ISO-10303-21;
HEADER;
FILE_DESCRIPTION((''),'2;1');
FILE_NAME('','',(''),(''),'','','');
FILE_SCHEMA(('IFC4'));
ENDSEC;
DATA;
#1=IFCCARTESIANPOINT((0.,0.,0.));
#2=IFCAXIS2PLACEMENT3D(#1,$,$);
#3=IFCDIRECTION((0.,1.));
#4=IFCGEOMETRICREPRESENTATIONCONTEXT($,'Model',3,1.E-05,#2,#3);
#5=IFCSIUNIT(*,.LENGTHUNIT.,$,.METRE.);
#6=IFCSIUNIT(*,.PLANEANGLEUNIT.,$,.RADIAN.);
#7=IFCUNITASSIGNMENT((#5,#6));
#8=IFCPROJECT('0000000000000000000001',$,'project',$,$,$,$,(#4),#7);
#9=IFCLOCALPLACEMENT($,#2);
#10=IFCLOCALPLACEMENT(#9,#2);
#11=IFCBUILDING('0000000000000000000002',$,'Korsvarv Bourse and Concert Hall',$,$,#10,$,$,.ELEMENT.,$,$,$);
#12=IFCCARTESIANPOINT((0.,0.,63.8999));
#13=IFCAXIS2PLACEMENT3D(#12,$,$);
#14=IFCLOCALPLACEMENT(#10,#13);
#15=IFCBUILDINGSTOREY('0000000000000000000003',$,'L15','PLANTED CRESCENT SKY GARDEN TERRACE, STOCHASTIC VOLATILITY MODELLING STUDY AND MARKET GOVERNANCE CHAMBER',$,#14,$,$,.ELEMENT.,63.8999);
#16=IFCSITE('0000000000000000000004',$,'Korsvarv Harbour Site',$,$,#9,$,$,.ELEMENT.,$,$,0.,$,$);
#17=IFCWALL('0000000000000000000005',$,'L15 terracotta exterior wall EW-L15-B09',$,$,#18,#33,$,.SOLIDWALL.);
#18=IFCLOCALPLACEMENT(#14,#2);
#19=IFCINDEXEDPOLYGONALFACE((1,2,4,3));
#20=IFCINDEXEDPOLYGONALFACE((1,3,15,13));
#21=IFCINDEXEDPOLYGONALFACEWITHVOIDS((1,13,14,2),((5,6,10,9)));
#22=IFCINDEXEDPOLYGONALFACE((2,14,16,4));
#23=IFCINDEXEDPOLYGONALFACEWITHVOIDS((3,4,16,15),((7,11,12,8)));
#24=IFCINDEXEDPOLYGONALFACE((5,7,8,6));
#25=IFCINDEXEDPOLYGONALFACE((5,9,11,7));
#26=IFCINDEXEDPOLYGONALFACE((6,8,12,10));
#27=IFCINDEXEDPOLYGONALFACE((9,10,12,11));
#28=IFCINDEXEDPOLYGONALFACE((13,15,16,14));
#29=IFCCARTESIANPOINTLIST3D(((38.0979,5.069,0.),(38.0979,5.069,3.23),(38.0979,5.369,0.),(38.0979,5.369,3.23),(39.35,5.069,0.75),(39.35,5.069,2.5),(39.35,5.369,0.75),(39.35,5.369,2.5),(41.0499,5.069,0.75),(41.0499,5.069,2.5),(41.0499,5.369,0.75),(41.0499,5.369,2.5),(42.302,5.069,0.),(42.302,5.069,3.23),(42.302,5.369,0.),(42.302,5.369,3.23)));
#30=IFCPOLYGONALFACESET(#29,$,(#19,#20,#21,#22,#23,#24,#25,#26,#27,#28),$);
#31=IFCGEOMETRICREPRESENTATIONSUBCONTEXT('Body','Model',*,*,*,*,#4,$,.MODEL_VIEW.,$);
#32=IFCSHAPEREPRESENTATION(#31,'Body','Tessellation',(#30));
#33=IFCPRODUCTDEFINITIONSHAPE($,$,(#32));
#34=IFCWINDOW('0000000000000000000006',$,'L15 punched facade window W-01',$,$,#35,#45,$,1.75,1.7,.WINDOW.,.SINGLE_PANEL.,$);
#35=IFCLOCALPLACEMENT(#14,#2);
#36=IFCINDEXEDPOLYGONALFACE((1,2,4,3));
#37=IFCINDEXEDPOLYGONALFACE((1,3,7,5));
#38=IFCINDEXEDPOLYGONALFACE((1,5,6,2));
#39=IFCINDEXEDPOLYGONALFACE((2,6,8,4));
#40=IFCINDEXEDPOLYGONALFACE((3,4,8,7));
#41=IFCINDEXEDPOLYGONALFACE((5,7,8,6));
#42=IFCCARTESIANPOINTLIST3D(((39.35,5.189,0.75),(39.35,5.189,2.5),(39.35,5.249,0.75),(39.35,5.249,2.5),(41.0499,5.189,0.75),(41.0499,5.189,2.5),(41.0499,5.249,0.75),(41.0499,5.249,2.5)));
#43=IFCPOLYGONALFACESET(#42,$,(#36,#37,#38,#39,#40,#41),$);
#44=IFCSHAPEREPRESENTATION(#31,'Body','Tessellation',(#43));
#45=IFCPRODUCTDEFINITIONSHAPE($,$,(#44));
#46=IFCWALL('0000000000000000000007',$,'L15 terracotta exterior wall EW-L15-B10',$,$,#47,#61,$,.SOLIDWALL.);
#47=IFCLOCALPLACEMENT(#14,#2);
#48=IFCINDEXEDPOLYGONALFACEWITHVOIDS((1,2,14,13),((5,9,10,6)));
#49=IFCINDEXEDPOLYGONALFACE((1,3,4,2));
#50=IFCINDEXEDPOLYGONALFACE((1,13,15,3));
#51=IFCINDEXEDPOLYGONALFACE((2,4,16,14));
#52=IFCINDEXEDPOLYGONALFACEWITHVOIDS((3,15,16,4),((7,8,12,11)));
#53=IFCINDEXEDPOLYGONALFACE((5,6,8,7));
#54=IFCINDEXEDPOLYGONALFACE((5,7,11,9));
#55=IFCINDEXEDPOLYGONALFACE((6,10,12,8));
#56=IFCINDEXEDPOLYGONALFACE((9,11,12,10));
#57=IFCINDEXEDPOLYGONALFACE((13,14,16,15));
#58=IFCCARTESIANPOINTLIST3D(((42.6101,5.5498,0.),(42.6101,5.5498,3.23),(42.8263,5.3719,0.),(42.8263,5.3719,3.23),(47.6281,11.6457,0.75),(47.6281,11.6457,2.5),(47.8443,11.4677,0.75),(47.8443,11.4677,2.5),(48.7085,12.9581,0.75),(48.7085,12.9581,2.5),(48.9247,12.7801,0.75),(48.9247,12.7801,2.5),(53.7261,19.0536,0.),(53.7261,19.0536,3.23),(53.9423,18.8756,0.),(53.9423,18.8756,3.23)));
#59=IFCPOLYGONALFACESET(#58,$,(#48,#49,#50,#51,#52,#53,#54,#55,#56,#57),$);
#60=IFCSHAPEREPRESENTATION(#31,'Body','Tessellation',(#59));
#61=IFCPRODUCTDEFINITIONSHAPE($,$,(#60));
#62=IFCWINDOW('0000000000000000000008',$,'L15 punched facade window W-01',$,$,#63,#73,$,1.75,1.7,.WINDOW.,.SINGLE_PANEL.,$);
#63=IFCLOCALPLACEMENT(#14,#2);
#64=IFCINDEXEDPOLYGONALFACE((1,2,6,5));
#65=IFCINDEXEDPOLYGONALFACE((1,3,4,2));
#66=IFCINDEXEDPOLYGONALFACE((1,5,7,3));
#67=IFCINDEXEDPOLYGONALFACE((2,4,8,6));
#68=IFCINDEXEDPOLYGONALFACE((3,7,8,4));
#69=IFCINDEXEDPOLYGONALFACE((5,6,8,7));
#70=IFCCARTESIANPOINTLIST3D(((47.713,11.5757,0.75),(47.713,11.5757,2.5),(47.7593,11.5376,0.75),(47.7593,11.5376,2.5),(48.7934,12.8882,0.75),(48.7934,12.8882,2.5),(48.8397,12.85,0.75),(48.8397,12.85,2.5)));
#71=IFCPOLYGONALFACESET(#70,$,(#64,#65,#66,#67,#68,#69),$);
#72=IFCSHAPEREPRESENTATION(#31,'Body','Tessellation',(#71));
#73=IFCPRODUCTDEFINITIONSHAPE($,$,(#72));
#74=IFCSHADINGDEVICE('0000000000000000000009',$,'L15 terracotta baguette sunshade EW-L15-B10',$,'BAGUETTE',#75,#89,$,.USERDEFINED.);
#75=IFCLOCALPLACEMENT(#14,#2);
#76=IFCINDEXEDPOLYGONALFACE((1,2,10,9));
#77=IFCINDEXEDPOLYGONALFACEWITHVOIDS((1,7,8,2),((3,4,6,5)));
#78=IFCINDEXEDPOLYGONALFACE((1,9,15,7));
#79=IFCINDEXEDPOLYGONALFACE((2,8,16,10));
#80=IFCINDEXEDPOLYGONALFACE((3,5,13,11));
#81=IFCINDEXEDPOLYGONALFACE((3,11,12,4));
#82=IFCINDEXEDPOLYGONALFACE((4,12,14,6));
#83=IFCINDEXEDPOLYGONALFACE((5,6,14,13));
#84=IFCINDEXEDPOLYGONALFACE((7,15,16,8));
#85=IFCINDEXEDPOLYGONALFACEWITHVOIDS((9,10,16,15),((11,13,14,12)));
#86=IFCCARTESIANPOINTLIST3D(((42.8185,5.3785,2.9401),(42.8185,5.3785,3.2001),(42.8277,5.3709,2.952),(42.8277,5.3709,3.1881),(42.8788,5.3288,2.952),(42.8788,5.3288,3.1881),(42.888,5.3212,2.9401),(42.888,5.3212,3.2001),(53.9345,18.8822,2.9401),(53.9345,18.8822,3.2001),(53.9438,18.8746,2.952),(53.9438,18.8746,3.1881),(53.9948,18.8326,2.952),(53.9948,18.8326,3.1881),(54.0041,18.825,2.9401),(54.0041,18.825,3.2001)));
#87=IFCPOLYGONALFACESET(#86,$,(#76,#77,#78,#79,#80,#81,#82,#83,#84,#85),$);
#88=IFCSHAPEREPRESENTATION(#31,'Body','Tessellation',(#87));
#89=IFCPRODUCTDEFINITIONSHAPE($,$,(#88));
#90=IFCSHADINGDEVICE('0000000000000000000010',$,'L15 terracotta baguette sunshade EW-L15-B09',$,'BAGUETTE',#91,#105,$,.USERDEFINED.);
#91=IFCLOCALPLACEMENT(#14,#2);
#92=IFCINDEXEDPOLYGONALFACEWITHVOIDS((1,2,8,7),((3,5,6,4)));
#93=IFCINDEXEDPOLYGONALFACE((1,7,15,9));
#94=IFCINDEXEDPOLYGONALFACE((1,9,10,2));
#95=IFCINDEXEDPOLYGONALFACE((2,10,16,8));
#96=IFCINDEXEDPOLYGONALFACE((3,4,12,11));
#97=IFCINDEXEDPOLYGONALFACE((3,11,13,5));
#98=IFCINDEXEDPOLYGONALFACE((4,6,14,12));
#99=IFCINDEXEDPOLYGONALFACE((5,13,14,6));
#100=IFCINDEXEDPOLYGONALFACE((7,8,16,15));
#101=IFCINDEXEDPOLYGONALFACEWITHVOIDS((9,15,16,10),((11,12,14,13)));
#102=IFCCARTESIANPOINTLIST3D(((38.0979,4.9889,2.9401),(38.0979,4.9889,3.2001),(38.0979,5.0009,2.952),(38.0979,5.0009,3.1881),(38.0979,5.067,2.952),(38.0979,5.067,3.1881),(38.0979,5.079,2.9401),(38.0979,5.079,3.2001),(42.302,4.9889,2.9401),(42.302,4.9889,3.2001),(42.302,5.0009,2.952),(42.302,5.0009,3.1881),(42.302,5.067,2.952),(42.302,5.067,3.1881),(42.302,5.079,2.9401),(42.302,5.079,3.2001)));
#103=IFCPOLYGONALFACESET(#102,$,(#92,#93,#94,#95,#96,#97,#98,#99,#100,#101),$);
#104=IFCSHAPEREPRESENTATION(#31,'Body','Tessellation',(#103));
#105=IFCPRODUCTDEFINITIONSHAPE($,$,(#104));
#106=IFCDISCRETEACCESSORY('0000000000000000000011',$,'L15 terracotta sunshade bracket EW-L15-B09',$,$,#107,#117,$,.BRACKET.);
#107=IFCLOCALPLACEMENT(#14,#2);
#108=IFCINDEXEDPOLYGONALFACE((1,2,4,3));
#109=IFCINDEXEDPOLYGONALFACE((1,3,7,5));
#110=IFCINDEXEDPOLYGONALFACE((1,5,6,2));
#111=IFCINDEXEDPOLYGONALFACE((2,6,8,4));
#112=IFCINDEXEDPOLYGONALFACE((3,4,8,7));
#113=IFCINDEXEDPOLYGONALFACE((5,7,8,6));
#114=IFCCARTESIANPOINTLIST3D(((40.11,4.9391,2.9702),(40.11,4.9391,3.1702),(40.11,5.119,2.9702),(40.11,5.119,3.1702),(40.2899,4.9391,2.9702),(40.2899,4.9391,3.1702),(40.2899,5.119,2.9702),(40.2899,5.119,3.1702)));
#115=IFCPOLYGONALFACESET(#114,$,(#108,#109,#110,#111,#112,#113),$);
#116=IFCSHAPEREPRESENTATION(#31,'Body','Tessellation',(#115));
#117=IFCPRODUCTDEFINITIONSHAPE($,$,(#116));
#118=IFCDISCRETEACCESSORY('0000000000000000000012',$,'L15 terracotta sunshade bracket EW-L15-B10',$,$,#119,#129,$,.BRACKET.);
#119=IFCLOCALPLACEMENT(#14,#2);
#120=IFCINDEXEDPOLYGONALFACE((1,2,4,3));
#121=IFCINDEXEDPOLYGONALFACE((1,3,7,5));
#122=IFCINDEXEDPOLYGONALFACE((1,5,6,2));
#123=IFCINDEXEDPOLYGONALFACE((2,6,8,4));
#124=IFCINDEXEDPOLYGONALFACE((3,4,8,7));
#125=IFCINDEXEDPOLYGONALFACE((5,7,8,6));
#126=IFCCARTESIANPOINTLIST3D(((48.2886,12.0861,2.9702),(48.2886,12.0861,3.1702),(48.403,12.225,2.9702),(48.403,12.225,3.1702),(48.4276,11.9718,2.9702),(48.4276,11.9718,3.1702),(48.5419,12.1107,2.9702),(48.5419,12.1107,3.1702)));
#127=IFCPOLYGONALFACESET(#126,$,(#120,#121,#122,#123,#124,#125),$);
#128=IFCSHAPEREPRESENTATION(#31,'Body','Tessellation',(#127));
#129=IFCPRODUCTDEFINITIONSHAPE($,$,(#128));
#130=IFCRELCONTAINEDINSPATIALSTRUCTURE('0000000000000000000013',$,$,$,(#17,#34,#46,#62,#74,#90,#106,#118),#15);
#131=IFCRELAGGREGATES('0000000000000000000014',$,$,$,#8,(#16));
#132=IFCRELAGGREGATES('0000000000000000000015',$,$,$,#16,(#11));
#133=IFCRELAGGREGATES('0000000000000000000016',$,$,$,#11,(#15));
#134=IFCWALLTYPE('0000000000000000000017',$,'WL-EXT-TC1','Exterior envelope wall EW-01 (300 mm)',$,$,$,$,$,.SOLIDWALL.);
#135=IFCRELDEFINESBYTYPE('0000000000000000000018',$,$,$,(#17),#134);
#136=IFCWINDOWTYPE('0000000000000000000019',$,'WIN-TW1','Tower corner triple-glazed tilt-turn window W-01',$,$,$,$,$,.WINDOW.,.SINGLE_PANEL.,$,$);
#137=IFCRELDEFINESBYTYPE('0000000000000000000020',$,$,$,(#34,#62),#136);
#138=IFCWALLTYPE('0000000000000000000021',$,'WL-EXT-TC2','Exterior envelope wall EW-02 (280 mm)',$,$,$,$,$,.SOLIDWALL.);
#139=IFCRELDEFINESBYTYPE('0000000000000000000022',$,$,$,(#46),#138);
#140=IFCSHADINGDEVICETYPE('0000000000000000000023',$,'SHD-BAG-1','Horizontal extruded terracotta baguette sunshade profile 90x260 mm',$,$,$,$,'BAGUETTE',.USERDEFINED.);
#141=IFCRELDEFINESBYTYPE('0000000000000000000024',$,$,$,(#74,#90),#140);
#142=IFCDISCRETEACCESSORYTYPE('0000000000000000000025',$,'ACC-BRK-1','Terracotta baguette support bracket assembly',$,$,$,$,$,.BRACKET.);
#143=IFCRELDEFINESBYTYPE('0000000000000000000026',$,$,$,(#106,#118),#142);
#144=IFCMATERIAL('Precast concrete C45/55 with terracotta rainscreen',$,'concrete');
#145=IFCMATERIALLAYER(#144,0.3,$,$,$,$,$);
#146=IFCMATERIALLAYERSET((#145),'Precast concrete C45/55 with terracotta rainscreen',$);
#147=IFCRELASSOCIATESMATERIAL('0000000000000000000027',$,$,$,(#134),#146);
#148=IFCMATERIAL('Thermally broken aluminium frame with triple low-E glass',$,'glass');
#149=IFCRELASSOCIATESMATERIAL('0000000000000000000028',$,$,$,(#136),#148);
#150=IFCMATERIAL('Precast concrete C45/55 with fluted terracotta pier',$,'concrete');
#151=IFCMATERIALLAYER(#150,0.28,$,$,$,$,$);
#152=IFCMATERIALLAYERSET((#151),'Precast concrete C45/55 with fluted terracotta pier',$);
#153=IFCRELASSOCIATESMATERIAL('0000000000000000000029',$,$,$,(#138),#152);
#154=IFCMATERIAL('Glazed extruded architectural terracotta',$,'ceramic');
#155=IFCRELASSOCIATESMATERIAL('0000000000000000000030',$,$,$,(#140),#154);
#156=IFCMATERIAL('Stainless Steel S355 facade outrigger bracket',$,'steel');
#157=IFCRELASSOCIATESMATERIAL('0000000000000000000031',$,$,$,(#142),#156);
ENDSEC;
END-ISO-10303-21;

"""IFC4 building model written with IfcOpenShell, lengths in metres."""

from ifc_helpers import new_model, si_unit, direction, frame, frame_2d, origin, origin_2d, place, context, subcontext, project, spatial, rectangle, hollow_rectangle, extrude, source, transform, mapped, material, layer, layer_set, material_profile, profile_set, type_object, element, fill, save


model = new_model("IFC4")

# Units and contexts
model_context = context("Model", 3, precision=1e-05, world=origin(), true_north=direction((0.0, 1.0)))
body_context = subcontext(model_context, "Body", "Model", "MODEL_VIEW")
ifc_project = project(units=[si_unit("LENGTHUNIT", "METRE"), si_unit("PLANEANGLEUNIT", "RADIAN")], contexts=[model_context])

# Site, building, storey
site_placement = place(None, origin())
site = spatial("IfcSite", under=ifc_project, at=site_placement, Name="Korsvarv Harbour Site", CompositionType="ELEMENT", RefElevation=0.0)
building_placement = place(site_placement, origin())
building = spatial("IfcBuilding", under=site, at=building_placement, Name="Korsvarv Bourse and Concert Hall", CompositionType="ELEMENT")
storey_placement = place(building_placement, frame((0.0, 0.0, 63.8999)))
storey = spatial("IfcBuildingStorey", under=building, at=storey_placement, Name="L15", Description="PLANTED CRESCENT SKY GARDEN TERRACE, STOCHASTIC VOLATILITY MODELLING STUDY AND MARKET GOVERNANCE CHAMBER", CompositionType="ELEMENT", Elevation=63.8999)

# Walls, openings, windows
ifc_material_1 = material(Name="Precast concrete C45/55 with terracotta rainscreen", Category="concrete")
ifc_layer_1 = layer(ifc_material_1, 0.3)
ifc_layer_set_1 = layer_set([ifc_layer_1], Name="Precast concrete C45/55 with terracotta rainscreen")
wall_type_1 = type_object("IfcWallType", Name="WL-EXT-TC1", Description="Exterior envelope wall EW-01 (300 mm)", PredefinedType="SOLIDWALL", material=ifc_layer_set_1)
wall_1_placement = place(storey_placement, frame((38.0979, 5.219, 0.0), z_axis=(0.0, 0.0, 1.0), x_axis=(1.0, 0.0, 0.0)))
wall_1 = element("IfcWall", 1, at=wall_1_placement, inside=storey, type_object=wall_type_1, Name="L15 terracotta exterior wall EW-L15-B09", PredefinedType="SOLIDWALL", context=body_context, shape_type="SweptSolid", body=[
    extrude(rectangle(XDim=4.2041, YDim=0.3, at=frame_2d((2.1021, 0.0))), origin(), (0.0, 0.0, 1.0), 3.23),
])
opening_1_placement = place(wall_1_placement, frame((1.252, 0.0, 0.75)))
opening_1 = element("IfcOpeningElement", 2, at=opening_1_placement, cuts=wall_1, PredefinedType="OPENING", context=body_context, shape_type="SweptSolid", body=[
    extrude(rectangle(XDim=1.7, YDim=1.75, at=frame_2d((0.8501, 0.875))), frame((0.0, 0.1602, 0.0), z_axis=(0.0, -1.0, 0.0), x_axis=(1.0, 0.0, 0.0)), (0.0, 0.0, 1.0), 0.3201),
])
ifc_material_2 = material(Name="Thermally broken aluminium frame with triple low-E glass", Category="glass")
window_type = type_object("IfcWindowType", Name="WIN-TW1", Description="Tower corner triple-glazed tilt-turn window W-01", PartitioningType="SINGLE_PANEL", PredefinedType="WINDOW", material=ifc_material_2)
window_1_placement = place(opening_1_placement, origin())
window_1 = element("IfcWindow", 3, at=window_1_placement, inside=storey, type_object=window_type, Name="L15 punched facade window W-01", OverallHeight=1.75, OverallWidth=1.7, PartitioningType="SINGLE_PANEL", PredefinedType="WINDOW", context=body_context, shape_type="SweptSolid", body=[
    extrude(rectangle(XDim=1.7, YDim=1.75, at=frame_2d((0.8501, 0.875))), frame((0.0, 0.03, 0.0), z_axis=(0.0, -1.0, 0.0), x_axis=(1.0, 0.0, 0.0)), (0.0, 0.0, 1.0), 0.0601),
])
fill(opening_1, window_1)
ifc_material_3 = material(Name="Precast concrete C45/55 with fluted terracotta pier", Category="concrete")
ifc_layer_2 = layer(ifc_material_3, 0.28)
ifc_layer_set_2 = layer_set([ifc_layer_2], Name="Precast concrete C45/55 with fluted terracotta pier")
wall_type_2 = type_object("IfcWallType", Name="WL-EXT-TC2", Description="Exterior envelope wall EW-02 (280 mm)", PredefinedType="SOLIDWALL", material=ifc_layer_set_2)
wall_2_placement = place(storey_placement, frame((42.7183, 5.4609, 0.0), z_axis=(0.0, 0.0, 1.0), x_axis=(0.635547, 0.772062, 0.0)))
wall_2 = element("IfcWall", 4, at=wall_2_placement, inside=storey, type_object=wall_type_2, Name="L15 terracotta exterior wall EW-L15-B10", PredefinedType="SOLIDWALL", context=body_context, shape_type="SweptSolid", body=[
    extrude(rectangle(XDim=17.4905, YDim=0.28, at=frame_2d((8.7451, 0.0))), origin(), (0.0, 0.0, 1.0), 3.23),
])
opening_2_placement = place(wall_2_placement, frame((7.8953, 0.0, 0.75)))
opening_2 = element("IfcOpeningElement", 5, at=opening_2_placement, cuts=wall_2, PredefinedType="OPENING", context=body_context, shape_type="SweptSolid", body=[
    extrude(rectangle(XDim=1.7, YDim=1.75, at=frame_2d((0.8501, 0.875))), frame((0.0, 0.1499, 0.0), z_axis=(0.0, -1.0, 0.0), x_axis=(1.0, 0.0, 0.0)), (0.0, 0.0, 1.0), 0.3),
])
window_2_placement = place(opening_2_placement, origin())
window_2 = element("IfcWindow", 6, at=window_2_placement, inside=storey, type_object=window_type, Name="L15 punched facade window W-01", OverallHeight=1.75, OverallWidth=1.7, PartitioningType="SINGLE_PANEL", PredefinedType="WINDOW", context=body_context, shape_type="SweptSolid", body=[
    extrude(rectangle(XDim=1.7, YDim=1.75, at=frame_2d((0.8501, 0.875))), frame((0.0, 0.03, 0.0), z_axis=(0.0, -1.0, 0.0), x_axis=(1.0, 0.0, 0.0)), (0.0, 0.0, 1.0), 0.0601),
])
fill(opening_2, window_2)

# Shading devices
ifc_material_4 = material(Name="Glazed extruded architectural terracotta", Category="ceramic")
ifc_material_profile_1 = material_profile(ifc_material_4, hollow_rectangle(XDim=0.0901, YDim=0.26, WallThickness=0.012, at=origin_2d()), Name="TC-BAG 90x260")
ifc_profile_set_1 = profile_set([ifc_material_profile_1], Name="Glazed extruded architectural terracotta")
shading_device_type = type_object("IfcShadingDeviceType", Name="SHD-BAG-1", Description="Horizontal extruded terracotta baguette sunshade profile 90x260 mm", ElementType="BAGUETTE", PredefinedType="USERDEFINED", material=ifc_profile_set_1)
shared_shape_1 = source(origin(), body_context, "Body", "SweptSolid", [
    extrude(hollow_rectangle(XDim=0.0901, YDim=0.26, WallThickness=0.012, at=origin_2d()), origin(), (0.0, 0.0, 1.0), 17.4905),
])
shading_device_1_placement = place(storey_placement, frame((42.8533, 5.3499, 3.0701), z_axis=(0.635547, 0.772062, 0.0), x_axis=(-0.772062, 0.635547, 0.0)))
element("IfcShadingDevice", 7, at=shading_device_1_placement, inside=storey, type_object=shading_device_type, Name="L15 terracotta baguette sunshade EW-L15-B10", ObjectType="BAGUETTE", PredefinedType="USERDEFINED", context=body_context, shape_type="MappedRepresentation", body=[
    mapped(shared_shape_1, transform((0.0, 0.0, 0.0), scale=1.0)),
])
shared_shape_2 = source(origin(), body_context, "Body", "SweptSolid", [
    extrude(hollow_rectangle(XDim=0.0901, YDim=0.26, WallThickness=0.012, at=origin_2d()), origin(), (0.0, 0.0, 1.0), 4.2041),
])
shading_device_2_placement = place(storey_placement, frame((38.0979, 5.0339, 3.0701), z_axis=(1.0, 0.0, 0.0), x_axis=(0.0, 1.0, 0.0)))
element("IfcShadingDevice", 8, at=shading_device_2_placement, inside=storey, type_object=shading_device_type, Name="L15 terracotta baguette sunshade EW-L15-B09", ObjectType="BAGUETTE", PredefinedType="USERDEFINED", context=body_context, shape_type="MappedRepresentation", body=[
    mapped(shared_shape_2, transform((0.0, 0.0, 0.0), scale=1.0)),
])

# Discrete accessories
ifc_material_5 = material(Name="Stainless Steel S355 facade outrigger bracket", Category="steel")
discrete_accessory_type = type_object("IfcDiscreteAccessoryType", Name="ACC-BRK-1", Description="Terracotta baguette support bracket assembly", PredefinedType="BRACKET", material=ifc_material_5)
shared_shape_3 = source(origin(), body_context, "Body", "SweptSolid", [
    extrude(rectangle(XDim=0.1799, YDim=0.1799, at=origin_2d()), origin(), (0.0, 0.0, 1.0), 0.2),
])
for number, where, z_axis, x_axis, name in (
    (9, (40.2, 5.0291, 2.9702), (0.0, 0.0, 1.0), (1.0, 0.0, 0.0), "L15 terracotta sunshade bracket EW-L15-B09"),
    (10, (48.4153, 12.0984, 2.9702), (0.0, 0.0, 1.0), (0.635539, 0.772068, 0.0), "L15 terracotta sunshade bracket EW-L15-B10"),
):
    element("IfcDiscreteAccessory", number, at=place(storey_placement, frame(where, z_axis=z_axis, x_axis=x_axis)), inside=storey, type_object=discrete_accessory_type, Name=name, PredefinedType="BRACKET", context=body_context, shape_type="MappedRepresentation", body=[
        mapped(shared_shape_3, transform((0.0, 0.0, 0.0), scale=1.0)),
    ])

save(model, "model.ifc")
